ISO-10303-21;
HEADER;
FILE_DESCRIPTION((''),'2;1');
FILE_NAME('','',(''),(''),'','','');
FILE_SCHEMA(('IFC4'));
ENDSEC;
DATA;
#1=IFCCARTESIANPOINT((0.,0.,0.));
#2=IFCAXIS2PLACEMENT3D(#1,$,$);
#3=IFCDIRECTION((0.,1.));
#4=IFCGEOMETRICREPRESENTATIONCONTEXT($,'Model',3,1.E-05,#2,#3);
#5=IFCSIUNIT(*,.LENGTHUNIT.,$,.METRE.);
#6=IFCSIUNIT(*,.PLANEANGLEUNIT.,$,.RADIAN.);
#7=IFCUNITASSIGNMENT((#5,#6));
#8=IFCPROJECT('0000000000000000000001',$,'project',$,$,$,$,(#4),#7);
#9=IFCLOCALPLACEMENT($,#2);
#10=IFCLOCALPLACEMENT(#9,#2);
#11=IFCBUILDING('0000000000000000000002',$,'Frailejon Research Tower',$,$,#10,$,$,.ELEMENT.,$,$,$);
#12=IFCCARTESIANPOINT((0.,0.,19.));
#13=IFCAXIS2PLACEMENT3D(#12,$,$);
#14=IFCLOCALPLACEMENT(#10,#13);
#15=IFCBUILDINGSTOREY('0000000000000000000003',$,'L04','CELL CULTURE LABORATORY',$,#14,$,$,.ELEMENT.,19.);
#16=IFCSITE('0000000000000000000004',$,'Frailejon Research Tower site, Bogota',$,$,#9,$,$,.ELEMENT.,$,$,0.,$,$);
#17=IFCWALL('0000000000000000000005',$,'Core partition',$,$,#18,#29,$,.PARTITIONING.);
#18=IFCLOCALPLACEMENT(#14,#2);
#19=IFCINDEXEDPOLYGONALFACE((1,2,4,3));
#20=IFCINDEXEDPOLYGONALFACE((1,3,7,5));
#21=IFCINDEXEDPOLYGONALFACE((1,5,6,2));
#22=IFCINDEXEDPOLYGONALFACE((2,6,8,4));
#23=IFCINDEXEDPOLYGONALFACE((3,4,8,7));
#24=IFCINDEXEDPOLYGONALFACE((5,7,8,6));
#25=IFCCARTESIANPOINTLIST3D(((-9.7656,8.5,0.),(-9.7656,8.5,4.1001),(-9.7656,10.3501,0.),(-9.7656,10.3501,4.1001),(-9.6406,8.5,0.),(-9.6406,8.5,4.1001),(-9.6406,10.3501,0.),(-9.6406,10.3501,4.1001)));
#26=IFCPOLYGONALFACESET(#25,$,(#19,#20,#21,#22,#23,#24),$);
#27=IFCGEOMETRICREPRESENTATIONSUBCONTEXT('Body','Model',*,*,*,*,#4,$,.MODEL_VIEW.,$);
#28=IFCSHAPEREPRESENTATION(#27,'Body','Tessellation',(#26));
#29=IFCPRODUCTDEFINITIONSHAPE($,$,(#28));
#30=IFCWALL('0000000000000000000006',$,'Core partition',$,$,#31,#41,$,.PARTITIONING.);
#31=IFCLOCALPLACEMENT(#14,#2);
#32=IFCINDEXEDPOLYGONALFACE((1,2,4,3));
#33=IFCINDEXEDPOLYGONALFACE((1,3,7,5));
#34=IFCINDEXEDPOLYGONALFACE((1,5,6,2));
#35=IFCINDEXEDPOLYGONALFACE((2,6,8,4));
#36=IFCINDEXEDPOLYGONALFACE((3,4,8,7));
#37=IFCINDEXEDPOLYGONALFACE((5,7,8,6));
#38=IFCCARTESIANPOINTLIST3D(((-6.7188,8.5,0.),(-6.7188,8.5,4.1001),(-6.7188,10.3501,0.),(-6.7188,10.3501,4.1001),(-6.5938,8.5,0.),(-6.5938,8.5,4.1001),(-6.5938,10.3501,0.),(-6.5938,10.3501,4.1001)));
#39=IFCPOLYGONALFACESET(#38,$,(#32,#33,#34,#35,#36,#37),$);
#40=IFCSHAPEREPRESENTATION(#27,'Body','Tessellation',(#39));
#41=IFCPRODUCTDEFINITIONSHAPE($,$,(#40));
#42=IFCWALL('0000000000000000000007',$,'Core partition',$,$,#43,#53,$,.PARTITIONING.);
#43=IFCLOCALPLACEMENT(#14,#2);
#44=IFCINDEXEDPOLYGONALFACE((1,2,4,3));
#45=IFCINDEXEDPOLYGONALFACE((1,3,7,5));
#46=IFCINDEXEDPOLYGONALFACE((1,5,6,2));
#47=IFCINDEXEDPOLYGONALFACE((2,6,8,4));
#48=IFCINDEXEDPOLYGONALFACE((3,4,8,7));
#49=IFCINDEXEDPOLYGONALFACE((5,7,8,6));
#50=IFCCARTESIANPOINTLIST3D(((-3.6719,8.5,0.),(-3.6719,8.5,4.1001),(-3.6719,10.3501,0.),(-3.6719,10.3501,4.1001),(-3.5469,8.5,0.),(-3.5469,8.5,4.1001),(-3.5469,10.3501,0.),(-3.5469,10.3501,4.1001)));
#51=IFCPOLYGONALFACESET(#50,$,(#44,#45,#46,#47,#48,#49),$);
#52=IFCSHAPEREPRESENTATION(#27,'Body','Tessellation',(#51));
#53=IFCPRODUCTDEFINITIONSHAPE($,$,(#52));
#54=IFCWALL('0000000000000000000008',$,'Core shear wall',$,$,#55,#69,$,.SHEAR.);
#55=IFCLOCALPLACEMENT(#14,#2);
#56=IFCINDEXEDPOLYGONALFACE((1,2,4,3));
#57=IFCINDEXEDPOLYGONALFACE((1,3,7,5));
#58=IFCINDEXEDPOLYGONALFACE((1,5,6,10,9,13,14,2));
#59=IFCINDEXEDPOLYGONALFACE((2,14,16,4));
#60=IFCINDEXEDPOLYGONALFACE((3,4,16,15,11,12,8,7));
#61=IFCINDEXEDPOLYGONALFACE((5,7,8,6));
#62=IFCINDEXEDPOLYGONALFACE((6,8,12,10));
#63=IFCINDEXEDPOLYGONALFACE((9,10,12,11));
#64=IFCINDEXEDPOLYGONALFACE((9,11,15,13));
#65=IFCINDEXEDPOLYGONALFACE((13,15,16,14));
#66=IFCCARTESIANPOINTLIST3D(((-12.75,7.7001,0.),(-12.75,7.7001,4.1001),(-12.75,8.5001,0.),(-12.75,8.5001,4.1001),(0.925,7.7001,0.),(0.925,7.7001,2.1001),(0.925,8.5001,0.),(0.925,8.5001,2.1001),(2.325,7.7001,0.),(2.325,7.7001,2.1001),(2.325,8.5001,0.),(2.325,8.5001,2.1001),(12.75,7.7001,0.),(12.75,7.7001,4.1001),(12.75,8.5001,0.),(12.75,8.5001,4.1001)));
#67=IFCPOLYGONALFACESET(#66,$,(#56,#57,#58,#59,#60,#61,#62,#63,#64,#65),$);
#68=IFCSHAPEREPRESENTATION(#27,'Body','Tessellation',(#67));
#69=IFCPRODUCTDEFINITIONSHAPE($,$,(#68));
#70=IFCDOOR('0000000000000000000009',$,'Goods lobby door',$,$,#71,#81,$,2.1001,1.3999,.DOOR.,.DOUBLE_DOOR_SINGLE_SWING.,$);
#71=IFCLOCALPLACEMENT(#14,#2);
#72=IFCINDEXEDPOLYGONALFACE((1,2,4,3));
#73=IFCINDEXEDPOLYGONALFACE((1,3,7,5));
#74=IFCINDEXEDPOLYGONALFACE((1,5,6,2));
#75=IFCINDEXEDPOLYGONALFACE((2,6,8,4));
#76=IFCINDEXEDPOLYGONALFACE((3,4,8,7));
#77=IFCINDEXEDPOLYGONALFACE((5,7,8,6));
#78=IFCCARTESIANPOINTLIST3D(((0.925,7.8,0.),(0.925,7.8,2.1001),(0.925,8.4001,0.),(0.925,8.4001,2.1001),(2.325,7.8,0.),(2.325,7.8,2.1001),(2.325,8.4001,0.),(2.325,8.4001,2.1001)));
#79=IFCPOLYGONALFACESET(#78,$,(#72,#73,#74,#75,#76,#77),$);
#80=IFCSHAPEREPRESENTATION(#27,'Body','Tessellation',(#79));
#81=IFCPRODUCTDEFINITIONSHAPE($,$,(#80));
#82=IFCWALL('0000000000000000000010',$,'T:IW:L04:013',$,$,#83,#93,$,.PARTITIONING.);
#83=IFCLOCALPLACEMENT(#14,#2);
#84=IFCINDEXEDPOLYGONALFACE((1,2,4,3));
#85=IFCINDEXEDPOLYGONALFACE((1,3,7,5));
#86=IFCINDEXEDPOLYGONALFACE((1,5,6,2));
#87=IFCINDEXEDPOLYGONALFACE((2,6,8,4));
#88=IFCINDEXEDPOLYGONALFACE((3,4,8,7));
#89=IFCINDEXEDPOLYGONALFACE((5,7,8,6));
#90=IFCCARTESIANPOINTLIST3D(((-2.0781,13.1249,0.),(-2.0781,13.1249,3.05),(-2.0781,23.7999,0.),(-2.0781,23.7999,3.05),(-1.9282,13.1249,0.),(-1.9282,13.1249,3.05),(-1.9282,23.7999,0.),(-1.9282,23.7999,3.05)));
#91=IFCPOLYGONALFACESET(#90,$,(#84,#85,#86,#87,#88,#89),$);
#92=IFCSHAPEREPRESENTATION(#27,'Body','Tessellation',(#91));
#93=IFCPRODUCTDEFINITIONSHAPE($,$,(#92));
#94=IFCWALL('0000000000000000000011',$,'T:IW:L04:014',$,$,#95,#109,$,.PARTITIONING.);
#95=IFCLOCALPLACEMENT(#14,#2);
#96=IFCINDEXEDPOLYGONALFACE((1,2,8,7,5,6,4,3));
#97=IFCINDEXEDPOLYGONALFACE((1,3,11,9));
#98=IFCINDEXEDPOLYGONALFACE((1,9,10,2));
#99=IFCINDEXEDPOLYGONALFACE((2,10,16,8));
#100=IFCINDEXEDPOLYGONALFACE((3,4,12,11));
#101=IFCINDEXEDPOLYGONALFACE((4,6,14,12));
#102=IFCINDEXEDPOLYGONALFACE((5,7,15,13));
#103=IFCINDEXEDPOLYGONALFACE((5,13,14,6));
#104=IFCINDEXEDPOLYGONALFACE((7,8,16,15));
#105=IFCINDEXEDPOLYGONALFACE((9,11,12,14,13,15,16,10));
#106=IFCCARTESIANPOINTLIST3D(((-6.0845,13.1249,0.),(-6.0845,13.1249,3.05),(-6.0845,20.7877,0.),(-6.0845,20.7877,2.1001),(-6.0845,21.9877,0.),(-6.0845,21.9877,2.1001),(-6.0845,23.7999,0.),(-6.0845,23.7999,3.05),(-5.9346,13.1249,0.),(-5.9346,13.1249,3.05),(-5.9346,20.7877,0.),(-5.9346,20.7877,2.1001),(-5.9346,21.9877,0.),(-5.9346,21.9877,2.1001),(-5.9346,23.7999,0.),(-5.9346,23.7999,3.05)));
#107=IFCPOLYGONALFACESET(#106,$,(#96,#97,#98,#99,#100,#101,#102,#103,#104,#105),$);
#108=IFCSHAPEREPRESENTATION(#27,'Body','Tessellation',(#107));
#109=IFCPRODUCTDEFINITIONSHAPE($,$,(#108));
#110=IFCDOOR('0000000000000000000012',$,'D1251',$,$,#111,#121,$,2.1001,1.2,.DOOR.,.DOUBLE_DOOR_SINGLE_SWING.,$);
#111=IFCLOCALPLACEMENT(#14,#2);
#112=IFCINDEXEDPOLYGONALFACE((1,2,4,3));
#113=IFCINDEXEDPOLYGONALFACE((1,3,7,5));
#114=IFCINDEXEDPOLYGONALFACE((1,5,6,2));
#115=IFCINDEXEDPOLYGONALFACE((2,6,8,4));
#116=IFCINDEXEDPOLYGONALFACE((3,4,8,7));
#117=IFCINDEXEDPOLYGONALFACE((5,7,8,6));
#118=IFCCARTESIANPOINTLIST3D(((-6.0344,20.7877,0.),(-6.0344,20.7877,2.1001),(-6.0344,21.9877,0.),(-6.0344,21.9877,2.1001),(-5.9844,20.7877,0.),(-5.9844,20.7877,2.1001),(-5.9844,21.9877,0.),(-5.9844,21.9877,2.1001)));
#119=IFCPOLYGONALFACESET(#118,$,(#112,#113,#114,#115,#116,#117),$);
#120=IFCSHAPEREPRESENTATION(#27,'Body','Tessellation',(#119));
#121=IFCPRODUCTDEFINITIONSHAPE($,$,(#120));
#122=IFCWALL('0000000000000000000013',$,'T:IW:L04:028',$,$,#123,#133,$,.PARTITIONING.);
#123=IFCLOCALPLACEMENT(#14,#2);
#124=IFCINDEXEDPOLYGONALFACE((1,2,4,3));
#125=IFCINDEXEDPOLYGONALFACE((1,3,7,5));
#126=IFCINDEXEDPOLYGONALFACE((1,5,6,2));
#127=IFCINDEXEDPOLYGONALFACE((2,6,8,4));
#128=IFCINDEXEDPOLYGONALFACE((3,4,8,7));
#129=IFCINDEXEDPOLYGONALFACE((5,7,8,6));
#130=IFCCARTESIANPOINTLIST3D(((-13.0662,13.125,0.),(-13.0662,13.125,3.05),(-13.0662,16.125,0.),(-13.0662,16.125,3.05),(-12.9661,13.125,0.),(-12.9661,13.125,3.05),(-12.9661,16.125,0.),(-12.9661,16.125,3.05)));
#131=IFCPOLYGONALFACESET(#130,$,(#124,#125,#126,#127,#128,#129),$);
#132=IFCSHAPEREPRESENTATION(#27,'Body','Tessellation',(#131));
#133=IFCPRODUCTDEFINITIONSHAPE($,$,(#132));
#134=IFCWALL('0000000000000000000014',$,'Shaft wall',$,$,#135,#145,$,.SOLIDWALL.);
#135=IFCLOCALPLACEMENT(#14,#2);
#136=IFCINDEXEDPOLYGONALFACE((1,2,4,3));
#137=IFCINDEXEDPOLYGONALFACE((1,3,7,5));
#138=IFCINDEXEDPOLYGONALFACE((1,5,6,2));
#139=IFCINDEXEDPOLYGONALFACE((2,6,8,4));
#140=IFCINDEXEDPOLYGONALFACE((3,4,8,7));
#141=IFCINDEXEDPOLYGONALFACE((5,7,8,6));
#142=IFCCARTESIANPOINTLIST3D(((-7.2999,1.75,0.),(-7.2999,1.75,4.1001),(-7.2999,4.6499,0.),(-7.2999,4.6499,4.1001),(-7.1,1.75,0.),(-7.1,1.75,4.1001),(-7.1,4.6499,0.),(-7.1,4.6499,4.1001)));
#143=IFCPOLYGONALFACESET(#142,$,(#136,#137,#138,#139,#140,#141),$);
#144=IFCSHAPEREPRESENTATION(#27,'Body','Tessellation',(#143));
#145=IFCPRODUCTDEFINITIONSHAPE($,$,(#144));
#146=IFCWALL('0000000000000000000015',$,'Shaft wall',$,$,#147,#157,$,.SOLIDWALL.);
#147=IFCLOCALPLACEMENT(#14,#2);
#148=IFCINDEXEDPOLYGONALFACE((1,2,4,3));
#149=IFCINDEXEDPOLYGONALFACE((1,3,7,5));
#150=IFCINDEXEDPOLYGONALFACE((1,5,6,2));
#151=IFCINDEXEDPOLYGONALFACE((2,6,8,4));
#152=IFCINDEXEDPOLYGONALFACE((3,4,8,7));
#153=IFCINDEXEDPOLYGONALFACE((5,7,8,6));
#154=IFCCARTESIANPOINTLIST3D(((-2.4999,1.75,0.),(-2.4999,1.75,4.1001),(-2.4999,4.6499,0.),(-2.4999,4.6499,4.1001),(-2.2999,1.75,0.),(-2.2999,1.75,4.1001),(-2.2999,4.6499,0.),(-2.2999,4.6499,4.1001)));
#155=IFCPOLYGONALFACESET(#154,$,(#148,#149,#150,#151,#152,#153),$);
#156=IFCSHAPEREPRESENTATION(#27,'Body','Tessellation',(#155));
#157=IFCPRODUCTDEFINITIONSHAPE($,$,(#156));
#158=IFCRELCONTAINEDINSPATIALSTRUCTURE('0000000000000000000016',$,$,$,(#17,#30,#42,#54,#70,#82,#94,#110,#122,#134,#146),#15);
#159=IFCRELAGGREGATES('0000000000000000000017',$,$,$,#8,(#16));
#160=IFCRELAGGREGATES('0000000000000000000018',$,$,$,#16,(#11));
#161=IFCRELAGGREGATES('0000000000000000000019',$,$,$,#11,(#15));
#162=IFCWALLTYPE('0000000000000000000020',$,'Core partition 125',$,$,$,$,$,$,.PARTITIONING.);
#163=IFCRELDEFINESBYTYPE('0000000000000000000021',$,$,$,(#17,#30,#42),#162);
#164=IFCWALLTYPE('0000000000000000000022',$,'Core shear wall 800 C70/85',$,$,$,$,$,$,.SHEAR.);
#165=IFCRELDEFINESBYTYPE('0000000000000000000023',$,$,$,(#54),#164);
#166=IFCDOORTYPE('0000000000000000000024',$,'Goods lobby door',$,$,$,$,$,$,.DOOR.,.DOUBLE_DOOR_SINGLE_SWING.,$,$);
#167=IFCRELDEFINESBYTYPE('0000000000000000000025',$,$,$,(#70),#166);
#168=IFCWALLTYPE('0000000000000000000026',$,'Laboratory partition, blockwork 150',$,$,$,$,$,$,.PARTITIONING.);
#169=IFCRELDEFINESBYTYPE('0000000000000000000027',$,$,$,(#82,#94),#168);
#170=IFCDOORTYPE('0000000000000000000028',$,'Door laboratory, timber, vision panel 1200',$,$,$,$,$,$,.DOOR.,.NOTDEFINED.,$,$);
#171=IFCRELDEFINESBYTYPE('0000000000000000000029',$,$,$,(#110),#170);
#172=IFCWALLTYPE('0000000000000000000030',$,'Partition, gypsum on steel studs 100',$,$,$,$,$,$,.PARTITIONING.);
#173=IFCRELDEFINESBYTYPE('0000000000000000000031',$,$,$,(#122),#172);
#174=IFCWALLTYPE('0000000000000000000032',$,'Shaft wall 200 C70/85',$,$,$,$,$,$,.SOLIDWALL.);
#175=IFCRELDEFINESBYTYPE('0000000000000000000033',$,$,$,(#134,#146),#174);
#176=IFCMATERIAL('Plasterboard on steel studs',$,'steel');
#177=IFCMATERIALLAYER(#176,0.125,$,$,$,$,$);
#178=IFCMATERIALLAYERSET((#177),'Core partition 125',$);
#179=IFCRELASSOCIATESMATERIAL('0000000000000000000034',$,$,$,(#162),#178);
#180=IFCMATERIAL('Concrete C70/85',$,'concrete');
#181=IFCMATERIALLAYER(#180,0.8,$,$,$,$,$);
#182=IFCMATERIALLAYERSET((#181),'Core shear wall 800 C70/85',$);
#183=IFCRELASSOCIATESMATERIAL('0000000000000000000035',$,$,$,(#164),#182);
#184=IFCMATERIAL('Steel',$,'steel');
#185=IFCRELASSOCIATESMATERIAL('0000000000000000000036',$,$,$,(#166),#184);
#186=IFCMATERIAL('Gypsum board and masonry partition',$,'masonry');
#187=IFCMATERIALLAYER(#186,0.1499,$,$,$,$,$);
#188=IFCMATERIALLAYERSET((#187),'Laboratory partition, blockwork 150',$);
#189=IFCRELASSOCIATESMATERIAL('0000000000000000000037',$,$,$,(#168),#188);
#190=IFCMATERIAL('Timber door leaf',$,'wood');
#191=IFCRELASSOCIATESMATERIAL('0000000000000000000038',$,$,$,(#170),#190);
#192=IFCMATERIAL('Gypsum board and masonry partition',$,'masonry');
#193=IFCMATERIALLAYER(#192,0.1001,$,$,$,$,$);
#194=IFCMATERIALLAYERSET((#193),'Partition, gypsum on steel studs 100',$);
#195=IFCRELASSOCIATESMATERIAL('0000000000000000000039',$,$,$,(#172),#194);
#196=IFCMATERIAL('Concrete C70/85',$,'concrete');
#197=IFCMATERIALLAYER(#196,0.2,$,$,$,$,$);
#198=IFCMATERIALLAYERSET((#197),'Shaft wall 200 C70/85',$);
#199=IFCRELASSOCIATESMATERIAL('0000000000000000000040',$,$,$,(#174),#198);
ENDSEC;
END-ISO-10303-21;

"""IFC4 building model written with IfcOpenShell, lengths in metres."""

from ifc_helpers import new_model, si_unit, direction, frame, frame_2d, origin, place, context, subcontext, project, spatial, rectangle, extrude, material, layer, layer_set, type_object, element, fill, save


model = new_model("IFC4")

# Units and contexts
model_context = context("Model", 3, precision=1e-05, world=origin(), true_north=direction((0.0, 1.0)))
body_context = subcontext(model_context, "Body", "Model", "MODEL_VIEW")
ifc_project = project(units=[si_unit("LENGTHUNIT", "METRE"), si_unit("PLANEANGLEUNIT", "RADIAN")], contexts=[model_context])

# Site, building, storey
site_placement = place(None, origin())
site = spatial("IfcSite", under=ifc_project, at=site_placement, Name="Frailejon Research Tower site, Bogota", CompositionType="ELEMENT", RefElevation=0.0)
building_placement = place(site_placement, origin())
building = spatial("IfcBuilding", under=site, at=building_placement, Name="Frailejon Research Tower", CompositionType="ELEMENT")
storey_placement = place(building_placement, frame((0.0, 0.0, 19.0)))
storey = spatial("IfcBuildingStorey", under=building, at=storey_placement, Name="L04", Description="CELL CULTURE LABORATORY", CompositionType="ELEMENT", Elevation=19.0)

# Walls
ifc_material_1 = material(Name="Plasterboard on steel studs", Category="steel")
ifc_layer_1 = layer(ifc_material_1, 0.125)
ifc_layer_set_1 = layer_set([ifc_layer_1], Name="Core partition 125")
wall_type_1 = type_object("IfcWallType", Name="Core partition 125", PredefinedType="PARTITIONING", material=ifc_layer_set_1)
for number, where, z_axis, x_axis, name in (
    (1, (-9.7031, 8.5, 0.0), (0.0, 0.0, 1.0), (0.0, 1.0, 0.0), "Core partition"),
    (2, (-6.6562, 8.5, 0.0), (0.0, 0.0, 1.0), (0.0, 1.0, 0.0), "Core partition"),
    (3, (-3.6094, 8.5, 0.0), (0.0, 0.0, 1.0), (0.0, 1.0, 0.0), "Core partition"),
):
    element("IfcWall", number, at=place(storey_placement, frame(where, z_axis=z_axis, x_axis=x_axis)), inside=storey, type_object=wall_type_1, Name=name, PredefinedType="PARTITIONING", context=body_context, shape_type="SweptSolid", body=[
        extrude(rectangle(XDim=1.8501, YDim=0.125, at=frame_2d((0.925, 0.0))), origin(), (0.0, 0.0, 1.0), 4.1001),
    ])

# Wall, opening, door
ifc_material_2 = material(Name="Concrete C70/85", Category="concrete")
ifc_layer_2 = layer(ifc_material_2, 0.8)
ifc_layer_set_2 = layer_set([ifc_layer_2], Name="Core shear wall 800 C70/85")
wall_type_2 = type_object("IfcWallType", Name="Core shear wall 800 C70/85", PredefinedType="SHEAR", material=ifc_layer_set_2)
wall_1_placement = place(storey_placement, frame((-12.75, 8.1001, 0.0), z_axis=(0.0, 0.0, 1.0), x_axis=(1.0, 0.0, 0.0)))
wall_1 = element("IfcWall", 4, at=wall_1_placement, inside=storey, type_object=wall_type_2, Name="Core shear wall", PredefinedType="SHEAR", context=body_context, shape_type="SweptSolid", body=[
    extrude(rectangle(XDim=25.5, YDim=0.8, at=frame_2d((12.75, 0.0))), origin(), (0.0, 0.0, 1.0), 4.1001),
])
opening_1_placement = place(wall_1_placement, frame((13.675, 0.0, 0.0)))
opening_1 = element("IfcOpeningElement", 5, at=opening_1_placement, cuts=wall_1, PredefinedType="OPENING", context=body_context, shape_type="SweptSolid", body=[
    extrude(rectangle(XDim=1.3999, YDim=2.1001, at=frame_2d((0.7, 1.05))), frame((0.0, 0.4099, 0.0), z_axis=(0.0, -1.0, 0.0), x_axis=(1.0, 0.0, 0.0)), (0.0, 0.0, 1.0), 0.8201),
])
ifc_material_3 = material(Name="Steel", Category="steel")
door_type_1 = type_object("IfcDoorType", Name="Goods lobby door", OperationType="DOUBLE_DOOR_SINGLE_SWING", PredefinedType="DOOR", material=ifc_material_3)
door_1_placement = place(opening_1_placement, origin())
door_1 = element("IfcDoor", 6, at=door_1_placement, inside=storey, type_object=door_type_1, Name="Goods lobby door", OperationType="DOUBLE_DOOR_SINGLE_SWING", OverallHeight=2.1001, OverallWidth=1.3999, PredefinedType="DOOR", context=body_context, shape_type="SweptSolid", body=[
    extrude(rectangle(XDim=1.3999, YDim=2.1001, at=frame_2d((0.7, 1.05))), frame((0.0, 0.3, 0.0), z_axis=(0.0, -1.0, 0.0), x_axis=(1.0, 0.0, 0.0)), (0.0, 0.0, 1.0), 0.6001),
])
fill(opening_1, door_1)

# Wall
ifc_material_4 = material(Name="Gypsum board and masonry partition", Category="masonry")
ifc_layer_3 = layer(ifc_material_4, 0.1499)
ifc_layer_set_3 = layer_set([ifc_layer_3], Name="Laboratory partition, blockwork 150")
wall_type_3 = type_object("IfcWallType", Name="Laboratory partition, blockwork 150", PredefinedType="PARTITIONING", material=ifc_layer_set_3)
wall_2_placement = place(storey_placement, frame((-2.0032, 13.125, 0.0), z_axis=(0.0, 0.0, 1.0), x_axis=(0.0, 1.0, 0.0)))
element("IfcWall", 7, at=wall_2_placement, inside=storey, type_object=wall_type_3, Name="T:IW:L04:013", PredefinedType="PARTITIONING", context=body_context, shape_type="SweptSolid", body=[
    extrude(rectangle(XDim=10.675, YDim=0.1499, at=frame_2d((5.3374, 0.0))), origin(), (0.0, 0.0, 1.0), 3.05),
])

# Wall, opening, door
wall_3_placement = place(storey_placement, frame((-6.0095, 13.125, 0.0), z_axis=(0.0, 0.0, 1.0), x_axis=(0.0, 1.0, 0.0)))
wall_3 = element("IfcWall", 8, at=wall_3_placement, inside=storey, type_object=wall_type_3, Name="T:IW:L04:014", PredefinedType="PARTITIONING", context=body_context, shape_type="SweptSolid", body=[
    extrude(rectangle(XDim=10.675, YDim=0.1499, at=frame_2d((5.3374, 0.0))), origin(), (0.0, 0.0, 1.0), 3.05),
])
opening_2_placement = place(wall_3_placement, frame((7.6626, 0.0, 0.0)))
opening_2 = element("IfcOpeningElement", 9, at=opening_2_placement, cuts=wall_3, PredefinedType="OPENING", context=body_context, shape_type="SweptSolid", body=[
    extrude(rectangle(XDim=1.2, YDim=2.1001, at=frame_2d((0.6001, 1.05))), frame((0.0, 0.085, 0.0), z_axis=(0.0, -1.0, 0.0), x_axis=(1.0, 0.0, 0.0)), (0.0, 0.0, 1.0), 0.1699),
])
ifc_material_5 = material(Name="Timber door leaf", Category="wood")
door_type_2 = type_object("IfcDoorType", Name="Door laboratory, timber, vision panel 1200", OperationType="NOTDEFINED", PredefinedType="DOOR", material=ifc_material_5)
door_2_placement = place(opening_2_placement, origin())
door_2 = element("IfcDoor", 10, at=door_2_placement, inside=storey, type_object=door_type_2, Name="D1251", OperationType="DOUBLE_DOOR_SINGLE_SWING", OverallHeight=2.1001, OverallWidth=1.2, PredefinedType="DOOR", context=body_context, shape_type="SweptSolid", body=[
    extrude(rectangle(XDim=1.2, YDim=2.1001, at=frame_2d((0.6001, 1.05))), frame((0.0, 0.0249, 0.0), z_axis=(0.0, -1.0, 0.0), x_axis=(1.0, 0.0, 0.0)), (0.0, 0.0, 1.0), 0.05),
])
fill(opening_2, door_2)

# Walls
ifc_material_6 = material(Name="Gypsum board and masonry partition", Category="masonry")
ifc_layer_4 = layer(ifc_material_6, 0.1001)
ifc_layer_set_4 = layer_set([ifc_layer_4], Name="Partition, gypsum on steel studs 100")
wall_type_4 = type_object("IfcWallType", Name="Partition, gypsum on steel studs 100", PredefinedType="PARTITIONING", material=ifc_layer_set_4)
wall_4_placement = place(storey_placement, frame((-13.0161, 13.125, 0.0), z_axis=(0.0, 0.0, 1.0), x_axis=(0.0, 1.0, 0.0)))
element("IfcWall", 11, at=wall_4_placement, inside=storey, type_object=wall_type_4, Name="T:IW:L04:028", PredefinedType="PARTITIONING", context=body_context, shape_type="SweptSolid", body=[
    extrude(rectangle(XDim=3.0, YDim=0.1001, at=frame_2d((1.5, 0.0))), origin(), (0.0, 0.0, 1.0), 3.05),
])
ifc_material_7 = material(Name="Concrete C70/85", Category="concrete")
ifc_layer_5 = layer(ifc_material_7, 0.2)
ifc_layer_set_5 = layer_set([ifc_layer_5], Name="Shaft wall 200 C70/85")
wall_type_5 = type_object("IfcWallType", Name="Shaft wall 200 C70/85", PredefinedType="SOLIDWALL", material=ifc_layer_set_5)
for number, where, z_axis, x_axis, name in (
    (12, (-7.2, 1.75, 0.0), (0.0, 0.0, 1.0), (0.0, 1.0, 0.0), "Shaft wall"),
    (13, (-2.3999, 1.75, 0.0), (0.0, 0.0, 1.0), (0.0, 1.0, 0.0), "Shaft wall"),
):
    element("IfcWall", number, at=place(storey_placement, frame(where, z_axis=z_axis, x_axis=x_axis)), inside=storey, type_object=wall_type_5, Name=name, PredefinedType="SOLIDWALL", context=body_context, shape_type="SweptSolid", body=[
        extrude(rectangle(XDim=2.8999, YDim=0.2, at=frame_2d((1.45, 0.0))), origin(), (0.0, 0.0, 1.0), 4.1001),
    ])

save(model, "model.ifc")
